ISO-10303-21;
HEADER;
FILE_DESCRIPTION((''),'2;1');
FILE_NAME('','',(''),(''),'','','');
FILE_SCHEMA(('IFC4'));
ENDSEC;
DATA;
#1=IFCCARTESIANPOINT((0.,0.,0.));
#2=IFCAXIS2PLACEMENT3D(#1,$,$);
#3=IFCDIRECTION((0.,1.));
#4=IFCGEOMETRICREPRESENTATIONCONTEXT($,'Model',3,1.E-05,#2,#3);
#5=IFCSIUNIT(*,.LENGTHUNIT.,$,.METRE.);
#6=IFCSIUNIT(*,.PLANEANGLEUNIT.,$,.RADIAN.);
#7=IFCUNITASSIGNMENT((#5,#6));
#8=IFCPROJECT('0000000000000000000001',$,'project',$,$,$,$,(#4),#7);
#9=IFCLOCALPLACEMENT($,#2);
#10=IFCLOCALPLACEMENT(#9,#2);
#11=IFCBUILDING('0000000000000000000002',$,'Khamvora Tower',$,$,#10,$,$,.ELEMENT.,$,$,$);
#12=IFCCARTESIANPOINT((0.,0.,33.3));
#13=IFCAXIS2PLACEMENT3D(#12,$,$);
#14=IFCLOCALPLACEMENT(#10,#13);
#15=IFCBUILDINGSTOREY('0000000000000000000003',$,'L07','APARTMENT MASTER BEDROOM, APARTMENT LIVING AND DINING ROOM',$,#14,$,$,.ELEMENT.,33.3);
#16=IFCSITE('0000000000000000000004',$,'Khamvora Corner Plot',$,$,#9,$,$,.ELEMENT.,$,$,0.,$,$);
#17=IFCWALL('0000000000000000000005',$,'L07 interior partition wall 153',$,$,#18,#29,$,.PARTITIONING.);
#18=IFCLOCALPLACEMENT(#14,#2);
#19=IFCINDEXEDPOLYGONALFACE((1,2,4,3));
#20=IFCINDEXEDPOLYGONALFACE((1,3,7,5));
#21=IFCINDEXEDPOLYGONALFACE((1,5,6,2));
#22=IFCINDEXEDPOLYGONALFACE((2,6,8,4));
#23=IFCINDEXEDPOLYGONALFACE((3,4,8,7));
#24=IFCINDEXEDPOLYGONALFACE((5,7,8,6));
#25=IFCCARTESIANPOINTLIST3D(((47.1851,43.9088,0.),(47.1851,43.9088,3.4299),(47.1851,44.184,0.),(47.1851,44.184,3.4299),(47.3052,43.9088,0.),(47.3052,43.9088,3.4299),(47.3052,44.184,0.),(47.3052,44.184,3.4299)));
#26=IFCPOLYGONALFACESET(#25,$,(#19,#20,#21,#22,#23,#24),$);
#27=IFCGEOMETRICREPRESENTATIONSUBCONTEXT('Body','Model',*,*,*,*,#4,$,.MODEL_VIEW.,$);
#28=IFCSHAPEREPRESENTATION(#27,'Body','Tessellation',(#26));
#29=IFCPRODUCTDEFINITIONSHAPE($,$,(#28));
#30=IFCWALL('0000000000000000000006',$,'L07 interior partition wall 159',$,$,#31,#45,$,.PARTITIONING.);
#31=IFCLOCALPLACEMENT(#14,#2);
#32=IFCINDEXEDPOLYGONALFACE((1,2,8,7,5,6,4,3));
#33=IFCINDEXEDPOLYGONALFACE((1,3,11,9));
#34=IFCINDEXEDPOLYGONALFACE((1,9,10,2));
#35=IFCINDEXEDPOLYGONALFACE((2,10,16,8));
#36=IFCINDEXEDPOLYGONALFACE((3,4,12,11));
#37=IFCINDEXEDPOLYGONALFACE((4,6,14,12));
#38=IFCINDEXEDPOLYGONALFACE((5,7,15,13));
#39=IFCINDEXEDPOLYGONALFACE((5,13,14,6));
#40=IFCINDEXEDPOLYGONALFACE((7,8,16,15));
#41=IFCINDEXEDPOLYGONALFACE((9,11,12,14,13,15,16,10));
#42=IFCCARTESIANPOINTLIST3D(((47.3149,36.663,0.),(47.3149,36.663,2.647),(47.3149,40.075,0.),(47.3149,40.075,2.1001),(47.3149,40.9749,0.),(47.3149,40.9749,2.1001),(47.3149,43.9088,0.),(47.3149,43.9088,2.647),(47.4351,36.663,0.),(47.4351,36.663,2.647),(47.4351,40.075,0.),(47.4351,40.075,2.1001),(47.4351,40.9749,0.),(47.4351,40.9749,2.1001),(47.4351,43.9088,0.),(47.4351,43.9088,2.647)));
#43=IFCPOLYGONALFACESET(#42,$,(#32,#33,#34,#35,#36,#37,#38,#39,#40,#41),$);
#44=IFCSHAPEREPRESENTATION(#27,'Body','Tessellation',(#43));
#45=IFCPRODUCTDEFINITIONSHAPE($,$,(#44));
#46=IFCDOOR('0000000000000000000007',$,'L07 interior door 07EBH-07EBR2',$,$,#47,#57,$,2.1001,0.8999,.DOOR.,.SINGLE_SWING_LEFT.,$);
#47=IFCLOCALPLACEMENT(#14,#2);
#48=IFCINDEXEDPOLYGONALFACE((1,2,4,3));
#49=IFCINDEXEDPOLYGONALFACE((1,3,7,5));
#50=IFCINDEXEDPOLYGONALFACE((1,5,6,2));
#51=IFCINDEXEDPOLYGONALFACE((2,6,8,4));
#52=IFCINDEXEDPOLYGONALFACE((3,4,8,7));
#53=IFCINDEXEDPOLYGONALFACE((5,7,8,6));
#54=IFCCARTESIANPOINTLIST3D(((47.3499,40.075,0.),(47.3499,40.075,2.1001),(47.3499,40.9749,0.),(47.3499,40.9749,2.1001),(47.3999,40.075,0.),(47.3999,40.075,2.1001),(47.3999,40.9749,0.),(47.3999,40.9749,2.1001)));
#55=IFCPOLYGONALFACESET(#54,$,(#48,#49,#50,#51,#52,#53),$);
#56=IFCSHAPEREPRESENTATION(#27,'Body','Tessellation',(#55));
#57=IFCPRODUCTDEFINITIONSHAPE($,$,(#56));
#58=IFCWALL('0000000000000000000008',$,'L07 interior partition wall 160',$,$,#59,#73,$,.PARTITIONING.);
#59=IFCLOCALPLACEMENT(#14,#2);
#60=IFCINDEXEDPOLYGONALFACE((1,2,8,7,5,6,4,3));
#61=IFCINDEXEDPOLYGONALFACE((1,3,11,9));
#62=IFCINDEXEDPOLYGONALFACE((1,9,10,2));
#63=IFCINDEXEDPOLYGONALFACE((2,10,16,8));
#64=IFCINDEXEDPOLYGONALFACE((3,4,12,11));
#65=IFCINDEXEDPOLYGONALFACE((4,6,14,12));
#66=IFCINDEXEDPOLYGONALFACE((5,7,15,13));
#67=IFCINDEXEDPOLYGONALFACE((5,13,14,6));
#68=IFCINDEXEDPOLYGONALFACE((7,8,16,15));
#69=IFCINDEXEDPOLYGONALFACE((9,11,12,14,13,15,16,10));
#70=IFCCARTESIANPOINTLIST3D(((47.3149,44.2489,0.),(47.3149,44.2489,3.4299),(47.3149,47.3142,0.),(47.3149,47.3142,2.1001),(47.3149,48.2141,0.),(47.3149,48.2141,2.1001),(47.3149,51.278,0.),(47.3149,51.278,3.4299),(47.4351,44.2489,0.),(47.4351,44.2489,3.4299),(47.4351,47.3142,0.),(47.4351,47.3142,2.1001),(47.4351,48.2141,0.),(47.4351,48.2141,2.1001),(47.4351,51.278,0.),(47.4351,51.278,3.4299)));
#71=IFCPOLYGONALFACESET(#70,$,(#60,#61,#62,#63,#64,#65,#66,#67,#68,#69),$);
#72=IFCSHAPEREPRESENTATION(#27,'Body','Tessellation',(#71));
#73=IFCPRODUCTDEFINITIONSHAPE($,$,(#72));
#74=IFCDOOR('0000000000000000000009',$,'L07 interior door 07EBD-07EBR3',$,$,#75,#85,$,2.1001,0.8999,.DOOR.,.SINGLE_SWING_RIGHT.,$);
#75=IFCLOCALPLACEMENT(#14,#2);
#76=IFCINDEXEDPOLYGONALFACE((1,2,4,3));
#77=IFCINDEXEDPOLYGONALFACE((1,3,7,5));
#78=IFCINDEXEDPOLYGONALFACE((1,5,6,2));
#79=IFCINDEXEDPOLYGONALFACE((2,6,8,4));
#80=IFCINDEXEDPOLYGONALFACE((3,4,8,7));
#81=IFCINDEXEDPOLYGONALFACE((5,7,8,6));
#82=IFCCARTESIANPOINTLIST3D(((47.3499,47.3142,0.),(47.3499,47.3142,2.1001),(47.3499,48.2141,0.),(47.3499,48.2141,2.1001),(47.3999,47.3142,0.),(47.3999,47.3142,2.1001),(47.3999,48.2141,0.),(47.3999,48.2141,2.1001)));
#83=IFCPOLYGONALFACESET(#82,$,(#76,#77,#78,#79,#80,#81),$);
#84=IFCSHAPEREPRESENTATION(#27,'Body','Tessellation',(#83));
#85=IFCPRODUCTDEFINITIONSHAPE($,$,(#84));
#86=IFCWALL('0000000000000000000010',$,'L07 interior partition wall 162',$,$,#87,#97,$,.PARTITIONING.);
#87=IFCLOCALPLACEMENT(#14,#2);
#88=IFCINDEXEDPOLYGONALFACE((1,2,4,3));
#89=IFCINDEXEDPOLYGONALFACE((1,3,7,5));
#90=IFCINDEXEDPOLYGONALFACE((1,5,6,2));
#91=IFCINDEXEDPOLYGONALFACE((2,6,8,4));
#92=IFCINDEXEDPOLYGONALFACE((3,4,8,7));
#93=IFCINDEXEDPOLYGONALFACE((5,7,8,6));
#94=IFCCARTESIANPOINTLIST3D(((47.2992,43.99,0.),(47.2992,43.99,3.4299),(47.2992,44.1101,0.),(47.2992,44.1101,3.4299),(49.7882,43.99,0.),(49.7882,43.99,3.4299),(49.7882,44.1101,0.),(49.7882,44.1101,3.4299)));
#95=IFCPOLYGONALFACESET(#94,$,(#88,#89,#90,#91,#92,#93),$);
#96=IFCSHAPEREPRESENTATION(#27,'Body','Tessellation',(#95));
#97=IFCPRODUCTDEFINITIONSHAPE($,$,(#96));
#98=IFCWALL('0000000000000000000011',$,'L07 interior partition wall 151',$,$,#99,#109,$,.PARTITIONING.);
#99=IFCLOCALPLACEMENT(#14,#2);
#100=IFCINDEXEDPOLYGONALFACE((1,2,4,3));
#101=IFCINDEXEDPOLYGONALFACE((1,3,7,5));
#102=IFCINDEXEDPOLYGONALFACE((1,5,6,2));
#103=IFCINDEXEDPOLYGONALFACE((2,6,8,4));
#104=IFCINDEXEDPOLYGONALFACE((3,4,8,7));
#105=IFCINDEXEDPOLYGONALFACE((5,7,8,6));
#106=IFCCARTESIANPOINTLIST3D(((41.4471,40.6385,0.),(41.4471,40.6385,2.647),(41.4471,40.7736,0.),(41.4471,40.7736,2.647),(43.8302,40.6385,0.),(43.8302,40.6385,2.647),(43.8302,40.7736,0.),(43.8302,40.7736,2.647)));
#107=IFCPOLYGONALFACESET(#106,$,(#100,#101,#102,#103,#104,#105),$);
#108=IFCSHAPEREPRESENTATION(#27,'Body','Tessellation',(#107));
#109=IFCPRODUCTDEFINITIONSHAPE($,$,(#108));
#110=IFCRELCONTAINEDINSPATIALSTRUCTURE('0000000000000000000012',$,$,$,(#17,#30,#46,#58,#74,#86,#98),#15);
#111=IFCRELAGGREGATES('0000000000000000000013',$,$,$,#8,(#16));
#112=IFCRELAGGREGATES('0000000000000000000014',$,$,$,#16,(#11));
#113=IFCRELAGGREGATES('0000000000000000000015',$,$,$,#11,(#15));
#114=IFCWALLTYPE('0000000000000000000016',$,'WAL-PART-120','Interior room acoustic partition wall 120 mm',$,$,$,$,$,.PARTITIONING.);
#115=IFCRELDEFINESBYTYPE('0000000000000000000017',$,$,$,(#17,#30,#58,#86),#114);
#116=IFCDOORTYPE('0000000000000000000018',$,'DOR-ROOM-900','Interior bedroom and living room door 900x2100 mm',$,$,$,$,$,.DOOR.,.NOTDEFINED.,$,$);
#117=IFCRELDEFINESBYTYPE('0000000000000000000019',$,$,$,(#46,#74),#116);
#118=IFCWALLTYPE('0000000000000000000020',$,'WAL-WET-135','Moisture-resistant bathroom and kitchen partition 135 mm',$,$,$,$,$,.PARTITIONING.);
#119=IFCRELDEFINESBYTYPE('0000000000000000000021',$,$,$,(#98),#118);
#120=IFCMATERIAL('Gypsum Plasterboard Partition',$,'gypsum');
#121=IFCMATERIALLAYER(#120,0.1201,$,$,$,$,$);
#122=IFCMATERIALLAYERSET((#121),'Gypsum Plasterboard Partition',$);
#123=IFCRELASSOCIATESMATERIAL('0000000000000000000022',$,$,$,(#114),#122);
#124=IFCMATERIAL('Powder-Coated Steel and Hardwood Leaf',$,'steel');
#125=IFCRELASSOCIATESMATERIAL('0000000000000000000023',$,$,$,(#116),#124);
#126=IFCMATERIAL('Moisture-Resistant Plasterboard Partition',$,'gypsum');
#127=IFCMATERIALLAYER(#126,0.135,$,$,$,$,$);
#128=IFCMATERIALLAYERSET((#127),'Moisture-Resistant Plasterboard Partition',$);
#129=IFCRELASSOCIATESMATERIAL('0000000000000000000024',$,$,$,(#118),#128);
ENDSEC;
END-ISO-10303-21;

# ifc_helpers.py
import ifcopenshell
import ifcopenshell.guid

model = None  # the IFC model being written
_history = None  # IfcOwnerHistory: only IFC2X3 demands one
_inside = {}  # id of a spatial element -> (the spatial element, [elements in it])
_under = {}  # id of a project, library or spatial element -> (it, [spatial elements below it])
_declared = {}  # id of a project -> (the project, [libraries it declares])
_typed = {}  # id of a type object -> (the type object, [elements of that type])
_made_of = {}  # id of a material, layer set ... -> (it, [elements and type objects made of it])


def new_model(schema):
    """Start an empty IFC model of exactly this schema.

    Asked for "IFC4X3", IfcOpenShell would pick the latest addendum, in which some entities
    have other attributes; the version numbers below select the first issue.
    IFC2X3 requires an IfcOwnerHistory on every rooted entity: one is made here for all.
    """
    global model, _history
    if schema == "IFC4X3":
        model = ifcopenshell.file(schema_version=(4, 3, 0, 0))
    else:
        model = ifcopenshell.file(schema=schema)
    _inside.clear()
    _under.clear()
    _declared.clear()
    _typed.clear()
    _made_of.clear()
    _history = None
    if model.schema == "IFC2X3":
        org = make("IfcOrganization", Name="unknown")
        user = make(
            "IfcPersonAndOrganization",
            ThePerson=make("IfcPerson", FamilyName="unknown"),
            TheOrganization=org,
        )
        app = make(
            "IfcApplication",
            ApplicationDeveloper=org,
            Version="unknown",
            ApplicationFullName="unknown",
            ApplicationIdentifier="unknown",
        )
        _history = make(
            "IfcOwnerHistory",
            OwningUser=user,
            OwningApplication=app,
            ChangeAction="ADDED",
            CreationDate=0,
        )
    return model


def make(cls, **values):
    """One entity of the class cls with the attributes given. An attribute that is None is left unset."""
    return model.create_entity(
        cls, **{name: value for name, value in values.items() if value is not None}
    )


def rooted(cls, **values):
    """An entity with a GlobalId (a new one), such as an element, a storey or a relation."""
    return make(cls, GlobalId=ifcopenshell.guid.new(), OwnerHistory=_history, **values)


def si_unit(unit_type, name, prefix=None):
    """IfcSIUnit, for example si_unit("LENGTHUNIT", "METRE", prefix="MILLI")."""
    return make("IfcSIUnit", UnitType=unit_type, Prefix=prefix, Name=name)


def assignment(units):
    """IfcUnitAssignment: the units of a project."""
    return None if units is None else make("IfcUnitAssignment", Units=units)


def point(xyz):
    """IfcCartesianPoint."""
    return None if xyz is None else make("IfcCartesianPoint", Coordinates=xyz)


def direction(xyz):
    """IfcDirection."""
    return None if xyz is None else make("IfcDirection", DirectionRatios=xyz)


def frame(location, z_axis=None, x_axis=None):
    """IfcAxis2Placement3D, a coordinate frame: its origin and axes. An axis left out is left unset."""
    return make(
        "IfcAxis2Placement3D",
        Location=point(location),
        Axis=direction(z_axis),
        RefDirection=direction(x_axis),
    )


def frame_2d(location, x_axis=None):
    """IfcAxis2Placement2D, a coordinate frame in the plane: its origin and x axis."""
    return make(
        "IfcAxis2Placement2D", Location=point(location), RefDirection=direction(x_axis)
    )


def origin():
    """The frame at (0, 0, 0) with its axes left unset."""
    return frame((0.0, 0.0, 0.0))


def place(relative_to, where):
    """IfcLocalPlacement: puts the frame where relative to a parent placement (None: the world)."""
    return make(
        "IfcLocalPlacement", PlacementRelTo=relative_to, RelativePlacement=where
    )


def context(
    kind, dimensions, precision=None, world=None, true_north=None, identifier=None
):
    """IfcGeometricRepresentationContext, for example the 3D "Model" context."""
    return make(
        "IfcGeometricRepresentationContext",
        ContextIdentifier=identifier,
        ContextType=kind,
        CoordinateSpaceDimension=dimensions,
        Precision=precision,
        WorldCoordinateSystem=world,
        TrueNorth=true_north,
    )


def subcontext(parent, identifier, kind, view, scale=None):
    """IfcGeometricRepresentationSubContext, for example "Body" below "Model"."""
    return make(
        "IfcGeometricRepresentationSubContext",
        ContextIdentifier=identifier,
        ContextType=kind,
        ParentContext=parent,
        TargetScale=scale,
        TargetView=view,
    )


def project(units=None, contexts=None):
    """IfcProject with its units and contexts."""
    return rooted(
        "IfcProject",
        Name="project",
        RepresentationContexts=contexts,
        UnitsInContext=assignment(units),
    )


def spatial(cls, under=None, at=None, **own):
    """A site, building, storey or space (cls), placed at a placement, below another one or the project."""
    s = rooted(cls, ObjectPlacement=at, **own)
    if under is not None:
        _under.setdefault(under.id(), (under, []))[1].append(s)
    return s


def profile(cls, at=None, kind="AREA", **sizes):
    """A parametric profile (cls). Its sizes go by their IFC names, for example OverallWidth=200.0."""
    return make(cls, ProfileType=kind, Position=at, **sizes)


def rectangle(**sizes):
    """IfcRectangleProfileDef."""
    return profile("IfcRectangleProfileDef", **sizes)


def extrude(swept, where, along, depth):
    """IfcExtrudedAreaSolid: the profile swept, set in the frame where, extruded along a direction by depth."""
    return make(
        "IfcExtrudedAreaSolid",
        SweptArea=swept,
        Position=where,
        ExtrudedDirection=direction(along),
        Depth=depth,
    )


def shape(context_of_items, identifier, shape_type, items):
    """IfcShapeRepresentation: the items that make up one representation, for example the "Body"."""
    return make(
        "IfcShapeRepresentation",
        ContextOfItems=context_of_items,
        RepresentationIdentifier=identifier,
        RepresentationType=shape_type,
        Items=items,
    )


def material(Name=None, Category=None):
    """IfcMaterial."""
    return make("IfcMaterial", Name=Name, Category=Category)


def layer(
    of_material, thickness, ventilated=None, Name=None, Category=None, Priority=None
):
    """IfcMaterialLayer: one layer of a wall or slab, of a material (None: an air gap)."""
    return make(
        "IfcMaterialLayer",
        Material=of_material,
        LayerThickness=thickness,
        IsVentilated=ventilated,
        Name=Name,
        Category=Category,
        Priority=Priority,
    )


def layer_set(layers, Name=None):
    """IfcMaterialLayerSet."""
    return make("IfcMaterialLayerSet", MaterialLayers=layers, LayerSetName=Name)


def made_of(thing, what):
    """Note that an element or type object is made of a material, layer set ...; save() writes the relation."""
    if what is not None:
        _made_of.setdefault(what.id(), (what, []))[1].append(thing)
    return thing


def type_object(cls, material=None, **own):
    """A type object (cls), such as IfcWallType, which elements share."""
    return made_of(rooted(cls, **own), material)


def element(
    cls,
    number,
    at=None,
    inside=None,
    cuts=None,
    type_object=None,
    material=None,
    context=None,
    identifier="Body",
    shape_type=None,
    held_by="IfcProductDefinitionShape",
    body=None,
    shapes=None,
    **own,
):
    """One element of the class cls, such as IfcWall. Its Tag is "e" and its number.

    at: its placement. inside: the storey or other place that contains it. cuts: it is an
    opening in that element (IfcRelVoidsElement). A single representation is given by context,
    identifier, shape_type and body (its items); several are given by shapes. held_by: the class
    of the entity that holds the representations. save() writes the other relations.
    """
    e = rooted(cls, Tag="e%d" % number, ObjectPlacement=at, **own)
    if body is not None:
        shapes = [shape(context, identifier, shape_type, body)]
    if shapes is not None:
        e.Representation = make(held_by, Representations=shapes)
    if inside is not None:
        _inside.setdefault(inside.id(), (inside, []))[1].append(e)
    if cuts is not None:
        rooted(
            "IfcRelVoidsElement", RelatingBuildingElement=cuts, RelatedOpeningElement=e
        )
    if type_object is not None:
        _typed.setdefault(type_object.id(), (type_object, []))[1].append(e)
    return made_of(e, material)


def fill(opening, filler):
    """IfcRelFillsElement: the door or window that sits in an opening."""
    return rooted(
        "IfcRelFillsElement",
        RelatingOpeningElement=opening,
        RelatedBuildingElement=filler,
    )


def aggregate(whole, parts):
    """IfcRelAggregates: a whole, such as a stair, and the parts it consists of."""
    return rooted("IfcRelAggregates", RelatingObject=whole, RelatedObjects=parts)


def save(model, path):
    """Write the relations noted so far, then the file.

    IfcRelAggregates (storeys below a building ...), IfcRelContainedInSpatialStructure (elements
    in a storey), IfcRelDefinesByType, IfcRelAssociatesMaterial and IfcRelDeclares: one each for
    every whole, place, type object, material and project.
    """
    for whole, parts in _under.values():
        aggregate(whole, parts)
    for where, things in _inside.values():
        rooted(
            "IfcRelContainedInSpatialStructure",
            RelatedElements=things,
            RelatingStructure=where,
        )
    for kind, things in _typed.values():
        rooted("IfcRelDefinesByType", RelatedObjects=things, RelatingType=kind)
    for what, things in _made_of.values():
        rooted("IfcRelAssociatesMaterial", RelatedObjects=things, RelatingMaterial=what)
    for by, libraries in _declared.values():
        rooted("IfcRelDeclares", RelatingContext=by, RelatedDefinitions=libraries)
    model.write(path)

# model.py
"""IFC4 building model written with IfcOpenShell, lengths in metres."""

from ifc_helpers import new_model, si_unit, direction, frame, frame_2d, origin, place, context, subcontext, project, spatial, rectangle, extrude, material, layer, layer_set, type_object, element, fill, save


model = new_model("IFC4")

# Units and contexts
model_context = context("Model", 3, precision=1e-05, world=origin(), true_north=direction((0.0, 1.0)))
body_context = subcontext(model_context, "Body", "Model", "MODEL_VIEW")
ifc_project = project(units=[si_unit("LENGTHUNIT", "METRE"), si_unit("PLANEANGLEUNIT", "RADIAN")], contexts=[model_context])

# Site, building, storey
site_placement = place(None, origin())
site = spatial("IfcSite", under=ifc_project, at=site_placement, Name="Khamvora Corner Plot", CompositionType="ELEMENT", RefElevation=0.0)
building_placement = place(site_placement, origin())
building = spatial("IfcBuilding", under=site, at=building_placement, Name="Khamvora Tower", CompositionType="ELEMENT")
storey_placement = place(building_placement, frame((0.0, 0.0, 33.3)))
storey = spatial("IfcBuildingStorey", under=building, at=storey_placement, Name="L07", Description="APARTMENT MASTER BEDROOM, APARTMENT LIVING AND DINING ROOM", CompositionType="ELEMENT", Elevation=33.3)

# Shared definitions
ifc_material_1 = material(Name="Gypsum Plasterboard Partition", Category="gypsum")
ifc_layer_1 = layer(ifc_material_1, 0.1201)
ifc_layer_set_1 = layer_set([ifc_layer_1], Name="Gypsum Plasterboard Partition")
wall_type_1 = type_object("IfcWallType", Name="WAL-PART-120", Description="Interior room acoustic partition wall 120 mm", PredefinedType="PARTITIONING", material=ifc_layer_set_1)
ifc_material_2 = material(Name="Powder-Coated Steel and Hardwood Leaf", Category="steel")
door_type = type_object("IfcDoorType", Name="DOR-ROOM-900", Description="Interior bedroom and living room door 900x2100 mm", OperationType="NOTDEFINED", PredefinedType="DOOR", material=ifc_material_2)

# Wall
wall_1_placement = place(storey_placement, frame((47.2451, 44.1841, 0.0), z_axis=(0.0, 0.0, 1.0), x_axis=(0.0, -1.0, 0.0)))
element("IfcWall", 1, at=wall_1_placement, inside=storey, type_object=wall_type_1, Name="L07 interior partition wall 153", PredefinedType="PARTITIONING", context=body_context, shape_type="SweptSolid", body=[
    extrude(rectangle(XDim=0.2751, YDim=0.1201, at=frame_2d((0.1377, 0.0))), origin(), (0.0, 0.0, 1.0), 3.4299),
])

# Walls, openings, doors
wall_2_placement = place(storey_placement, frame((47.375, 43.9089, 0.0), z_axis=(0.0, 0.0, 1.0), x_axis=(0.0, -1.0, 0.0)))
wall_2 = element("IfcWall", 2, at=wall_2_placement, inside=storey, type_object=wall_type_1, Name="L07 interior partition wall 159", PredefinedType="PARTITIONING", context=body_context, shape_type="SweptSolid", body=[
    extrude(rectangle(XDim=7.2458, YDim=0.1201, at=frame_2d((3.623, 0.0))), origin(), (0.0, 0.0, 1.0), 2.647),
])
opening_1_placement = place(wall_2_placement, frame((2.9341, 0.0, 0.0)))
opening_1 = element("IfcOpeningElement", 3, at=opening_1_placement, cuts=wall_2, PredefinedType="OPENING", context=body_context, shape_type="SweptSolid", body=[
    extrude(rectangle(XDim=0.8999, YDim=2.1001, at=frame_2d((0.45, 1.05))), frame((0.0, 0.0701, 0.0), z_axis=(0.0, -1.0, 0.0), x_axis=(1.0, 0.0, 0.0)), (0.0, 0.0, 1.0), 0.1401),
])
door_1_placement = place(opening_1_placement, origin())
door_1 = element("IfcDoor", 4, at=door_1_placement, inside=storey, type_object=door_type, Name="L07 interior door 07EBH-07EBR2", OperationType="SINGLE_SWING_LEFT", OverallHeight=2.1001, OverallWidth=0.8999, PredefinedType="DOOR", context=body_context, shape_type="SweptSolid", body=[
    extrude(rectangle(XDim=0.8999, YDim=2.1001, at=frame_2d((0.45, 1.05))), frame((0.0, 0.0249, 0.0), z_axis=(0.0, -1.0, 0.0), x_axis=(1.0, 0.0, 0.0)), (0.0, 0.0, 1.0), 0.05),
])
fill(opening_1, door_1)
wall_3_placement = place(storey_placement, frame((47.375, 51.2781, 0.0), z_axis=(0.0, 0.0, 1.0), x_axis=(0.0, -1.0, 0.0)))
wall_3 = element("IfcWall", 5, at=wall_3_placement, inside=storey, type_object=wall_type_1, Name="L07 interior partition wall 160", PredefinedType="PARTITIONING", context=body_context, shape_type="SweptSolid", body=[
    extrude(rectangle(XDim=7.0291, YDim=0.1201, at=frame_2d((3.5146, 0.0))), origin(), (0.0, 0.0, 1.0), 3.4299),
])
opening_2_placement = place(wall_3_placement, frame((3.064, 0.0, 0.0)))
opening_2 = element("IfcOpeningElement", 6, at=opening_2_placement, cuts=wall_3, PredefinedType="OPENING", context=body_context, shape_type="SweptSolid", body=[
    extrude(rectangle(XDim=0.8999, YDim=2.1001, at=frame_2d((0.45, 1.05))), frame((0.0, 0.0701, 0.0), z_axis=(0.0, -1.0, 0.0), x_axis=(1.0, 0.0, 0.0)), (0.0, 0.0, 1.0), 0.1401),
])
door_2_placement = place(opening_2_placement, origin())
door_2 = element("IfcDoor", 7, at=door_2_placement, inside=storey, type_object=door_type, Name="L07 interior door 07EBD-07EBR3", OperationType="SINGLE_SWING_RIGHT", OverallHeight=2.1001, OverallWidth=0.8999, PredefinedType="DOOR", context=body_context, shape_type="SweptSolid", body=[
    extrude(rectangle(XDim=0.8999, YDim=2.1001, at=frame_2d((0.45, 1.05))), frame((0.0, 0.0249, 0.0), z_axis=(0.0, -1.0, 0.0), x_axis=(1.0, 0.0, 0.0)), (0.0, 0.0, 1.0), 0.05),
])
fill(opening_2, door_2)

# Walls
wall_4_placement = place(storey_placement, frame((47.2991, 44.05, 0.0), z_axis=(0.0, 0.0, 1.0), x_axis=(1.0, 0.0, 0.0)))
element("IfcWall", 8, at=wall_4_placement, inside=storey, type_object=wall_type_1, Name="L07 interior partition wall 162", PredefinedType="PARTITIONING", context=body_context, shape_type="SweptSolid", body=[
    extrude(rectangle(XDim=2.489, YDim=0.1201, at=frame_2d((1.2446, 0.0))), origin(), (0.0, 0.0, 1.0), 3.4299),
])
ifc_material_3 = material(Name="Moisture-Resistant Plasterboard Partition", Category="gypsum")
ifc_layer_2 = layer(ifc_material_3, 0.135)
ifc_layer_set_2 = layer_set([ifc_layer_2], Name="Moisture-Resistant Plasterboard Partition")
wall_type_2 = type_object("IfcWallType", Name="WAL-WET-135", Description="Moisture-resistant bathroom and kitchen partition 135 mm", PredefinedType="PARTITIONING", material=ifc_layer_set_2)
wall_5_placement = place(storey_placement, frame((43.8301, 40.7061, 0.0), z_axis=(0.0, 0.0, 1.0), x_axis=(-1.0, 0.0, 0.0)))
element("IfcWall", 9, at=wall_5_placement, inside=storey, type_object=wall_type_2, Name="L07 interior partition wall 151", PredefinedType="PARTITIONING", context=body_context, shape_type="SweptSolid", body=[
    extrude(rectangle(XDim=2.3831, YDim=0.135, at=frame_2d((1.1914, 0.0))), origin(), (0.0, 0.0, 1.0), 2.647),
])

save(model, "model.ifc")
